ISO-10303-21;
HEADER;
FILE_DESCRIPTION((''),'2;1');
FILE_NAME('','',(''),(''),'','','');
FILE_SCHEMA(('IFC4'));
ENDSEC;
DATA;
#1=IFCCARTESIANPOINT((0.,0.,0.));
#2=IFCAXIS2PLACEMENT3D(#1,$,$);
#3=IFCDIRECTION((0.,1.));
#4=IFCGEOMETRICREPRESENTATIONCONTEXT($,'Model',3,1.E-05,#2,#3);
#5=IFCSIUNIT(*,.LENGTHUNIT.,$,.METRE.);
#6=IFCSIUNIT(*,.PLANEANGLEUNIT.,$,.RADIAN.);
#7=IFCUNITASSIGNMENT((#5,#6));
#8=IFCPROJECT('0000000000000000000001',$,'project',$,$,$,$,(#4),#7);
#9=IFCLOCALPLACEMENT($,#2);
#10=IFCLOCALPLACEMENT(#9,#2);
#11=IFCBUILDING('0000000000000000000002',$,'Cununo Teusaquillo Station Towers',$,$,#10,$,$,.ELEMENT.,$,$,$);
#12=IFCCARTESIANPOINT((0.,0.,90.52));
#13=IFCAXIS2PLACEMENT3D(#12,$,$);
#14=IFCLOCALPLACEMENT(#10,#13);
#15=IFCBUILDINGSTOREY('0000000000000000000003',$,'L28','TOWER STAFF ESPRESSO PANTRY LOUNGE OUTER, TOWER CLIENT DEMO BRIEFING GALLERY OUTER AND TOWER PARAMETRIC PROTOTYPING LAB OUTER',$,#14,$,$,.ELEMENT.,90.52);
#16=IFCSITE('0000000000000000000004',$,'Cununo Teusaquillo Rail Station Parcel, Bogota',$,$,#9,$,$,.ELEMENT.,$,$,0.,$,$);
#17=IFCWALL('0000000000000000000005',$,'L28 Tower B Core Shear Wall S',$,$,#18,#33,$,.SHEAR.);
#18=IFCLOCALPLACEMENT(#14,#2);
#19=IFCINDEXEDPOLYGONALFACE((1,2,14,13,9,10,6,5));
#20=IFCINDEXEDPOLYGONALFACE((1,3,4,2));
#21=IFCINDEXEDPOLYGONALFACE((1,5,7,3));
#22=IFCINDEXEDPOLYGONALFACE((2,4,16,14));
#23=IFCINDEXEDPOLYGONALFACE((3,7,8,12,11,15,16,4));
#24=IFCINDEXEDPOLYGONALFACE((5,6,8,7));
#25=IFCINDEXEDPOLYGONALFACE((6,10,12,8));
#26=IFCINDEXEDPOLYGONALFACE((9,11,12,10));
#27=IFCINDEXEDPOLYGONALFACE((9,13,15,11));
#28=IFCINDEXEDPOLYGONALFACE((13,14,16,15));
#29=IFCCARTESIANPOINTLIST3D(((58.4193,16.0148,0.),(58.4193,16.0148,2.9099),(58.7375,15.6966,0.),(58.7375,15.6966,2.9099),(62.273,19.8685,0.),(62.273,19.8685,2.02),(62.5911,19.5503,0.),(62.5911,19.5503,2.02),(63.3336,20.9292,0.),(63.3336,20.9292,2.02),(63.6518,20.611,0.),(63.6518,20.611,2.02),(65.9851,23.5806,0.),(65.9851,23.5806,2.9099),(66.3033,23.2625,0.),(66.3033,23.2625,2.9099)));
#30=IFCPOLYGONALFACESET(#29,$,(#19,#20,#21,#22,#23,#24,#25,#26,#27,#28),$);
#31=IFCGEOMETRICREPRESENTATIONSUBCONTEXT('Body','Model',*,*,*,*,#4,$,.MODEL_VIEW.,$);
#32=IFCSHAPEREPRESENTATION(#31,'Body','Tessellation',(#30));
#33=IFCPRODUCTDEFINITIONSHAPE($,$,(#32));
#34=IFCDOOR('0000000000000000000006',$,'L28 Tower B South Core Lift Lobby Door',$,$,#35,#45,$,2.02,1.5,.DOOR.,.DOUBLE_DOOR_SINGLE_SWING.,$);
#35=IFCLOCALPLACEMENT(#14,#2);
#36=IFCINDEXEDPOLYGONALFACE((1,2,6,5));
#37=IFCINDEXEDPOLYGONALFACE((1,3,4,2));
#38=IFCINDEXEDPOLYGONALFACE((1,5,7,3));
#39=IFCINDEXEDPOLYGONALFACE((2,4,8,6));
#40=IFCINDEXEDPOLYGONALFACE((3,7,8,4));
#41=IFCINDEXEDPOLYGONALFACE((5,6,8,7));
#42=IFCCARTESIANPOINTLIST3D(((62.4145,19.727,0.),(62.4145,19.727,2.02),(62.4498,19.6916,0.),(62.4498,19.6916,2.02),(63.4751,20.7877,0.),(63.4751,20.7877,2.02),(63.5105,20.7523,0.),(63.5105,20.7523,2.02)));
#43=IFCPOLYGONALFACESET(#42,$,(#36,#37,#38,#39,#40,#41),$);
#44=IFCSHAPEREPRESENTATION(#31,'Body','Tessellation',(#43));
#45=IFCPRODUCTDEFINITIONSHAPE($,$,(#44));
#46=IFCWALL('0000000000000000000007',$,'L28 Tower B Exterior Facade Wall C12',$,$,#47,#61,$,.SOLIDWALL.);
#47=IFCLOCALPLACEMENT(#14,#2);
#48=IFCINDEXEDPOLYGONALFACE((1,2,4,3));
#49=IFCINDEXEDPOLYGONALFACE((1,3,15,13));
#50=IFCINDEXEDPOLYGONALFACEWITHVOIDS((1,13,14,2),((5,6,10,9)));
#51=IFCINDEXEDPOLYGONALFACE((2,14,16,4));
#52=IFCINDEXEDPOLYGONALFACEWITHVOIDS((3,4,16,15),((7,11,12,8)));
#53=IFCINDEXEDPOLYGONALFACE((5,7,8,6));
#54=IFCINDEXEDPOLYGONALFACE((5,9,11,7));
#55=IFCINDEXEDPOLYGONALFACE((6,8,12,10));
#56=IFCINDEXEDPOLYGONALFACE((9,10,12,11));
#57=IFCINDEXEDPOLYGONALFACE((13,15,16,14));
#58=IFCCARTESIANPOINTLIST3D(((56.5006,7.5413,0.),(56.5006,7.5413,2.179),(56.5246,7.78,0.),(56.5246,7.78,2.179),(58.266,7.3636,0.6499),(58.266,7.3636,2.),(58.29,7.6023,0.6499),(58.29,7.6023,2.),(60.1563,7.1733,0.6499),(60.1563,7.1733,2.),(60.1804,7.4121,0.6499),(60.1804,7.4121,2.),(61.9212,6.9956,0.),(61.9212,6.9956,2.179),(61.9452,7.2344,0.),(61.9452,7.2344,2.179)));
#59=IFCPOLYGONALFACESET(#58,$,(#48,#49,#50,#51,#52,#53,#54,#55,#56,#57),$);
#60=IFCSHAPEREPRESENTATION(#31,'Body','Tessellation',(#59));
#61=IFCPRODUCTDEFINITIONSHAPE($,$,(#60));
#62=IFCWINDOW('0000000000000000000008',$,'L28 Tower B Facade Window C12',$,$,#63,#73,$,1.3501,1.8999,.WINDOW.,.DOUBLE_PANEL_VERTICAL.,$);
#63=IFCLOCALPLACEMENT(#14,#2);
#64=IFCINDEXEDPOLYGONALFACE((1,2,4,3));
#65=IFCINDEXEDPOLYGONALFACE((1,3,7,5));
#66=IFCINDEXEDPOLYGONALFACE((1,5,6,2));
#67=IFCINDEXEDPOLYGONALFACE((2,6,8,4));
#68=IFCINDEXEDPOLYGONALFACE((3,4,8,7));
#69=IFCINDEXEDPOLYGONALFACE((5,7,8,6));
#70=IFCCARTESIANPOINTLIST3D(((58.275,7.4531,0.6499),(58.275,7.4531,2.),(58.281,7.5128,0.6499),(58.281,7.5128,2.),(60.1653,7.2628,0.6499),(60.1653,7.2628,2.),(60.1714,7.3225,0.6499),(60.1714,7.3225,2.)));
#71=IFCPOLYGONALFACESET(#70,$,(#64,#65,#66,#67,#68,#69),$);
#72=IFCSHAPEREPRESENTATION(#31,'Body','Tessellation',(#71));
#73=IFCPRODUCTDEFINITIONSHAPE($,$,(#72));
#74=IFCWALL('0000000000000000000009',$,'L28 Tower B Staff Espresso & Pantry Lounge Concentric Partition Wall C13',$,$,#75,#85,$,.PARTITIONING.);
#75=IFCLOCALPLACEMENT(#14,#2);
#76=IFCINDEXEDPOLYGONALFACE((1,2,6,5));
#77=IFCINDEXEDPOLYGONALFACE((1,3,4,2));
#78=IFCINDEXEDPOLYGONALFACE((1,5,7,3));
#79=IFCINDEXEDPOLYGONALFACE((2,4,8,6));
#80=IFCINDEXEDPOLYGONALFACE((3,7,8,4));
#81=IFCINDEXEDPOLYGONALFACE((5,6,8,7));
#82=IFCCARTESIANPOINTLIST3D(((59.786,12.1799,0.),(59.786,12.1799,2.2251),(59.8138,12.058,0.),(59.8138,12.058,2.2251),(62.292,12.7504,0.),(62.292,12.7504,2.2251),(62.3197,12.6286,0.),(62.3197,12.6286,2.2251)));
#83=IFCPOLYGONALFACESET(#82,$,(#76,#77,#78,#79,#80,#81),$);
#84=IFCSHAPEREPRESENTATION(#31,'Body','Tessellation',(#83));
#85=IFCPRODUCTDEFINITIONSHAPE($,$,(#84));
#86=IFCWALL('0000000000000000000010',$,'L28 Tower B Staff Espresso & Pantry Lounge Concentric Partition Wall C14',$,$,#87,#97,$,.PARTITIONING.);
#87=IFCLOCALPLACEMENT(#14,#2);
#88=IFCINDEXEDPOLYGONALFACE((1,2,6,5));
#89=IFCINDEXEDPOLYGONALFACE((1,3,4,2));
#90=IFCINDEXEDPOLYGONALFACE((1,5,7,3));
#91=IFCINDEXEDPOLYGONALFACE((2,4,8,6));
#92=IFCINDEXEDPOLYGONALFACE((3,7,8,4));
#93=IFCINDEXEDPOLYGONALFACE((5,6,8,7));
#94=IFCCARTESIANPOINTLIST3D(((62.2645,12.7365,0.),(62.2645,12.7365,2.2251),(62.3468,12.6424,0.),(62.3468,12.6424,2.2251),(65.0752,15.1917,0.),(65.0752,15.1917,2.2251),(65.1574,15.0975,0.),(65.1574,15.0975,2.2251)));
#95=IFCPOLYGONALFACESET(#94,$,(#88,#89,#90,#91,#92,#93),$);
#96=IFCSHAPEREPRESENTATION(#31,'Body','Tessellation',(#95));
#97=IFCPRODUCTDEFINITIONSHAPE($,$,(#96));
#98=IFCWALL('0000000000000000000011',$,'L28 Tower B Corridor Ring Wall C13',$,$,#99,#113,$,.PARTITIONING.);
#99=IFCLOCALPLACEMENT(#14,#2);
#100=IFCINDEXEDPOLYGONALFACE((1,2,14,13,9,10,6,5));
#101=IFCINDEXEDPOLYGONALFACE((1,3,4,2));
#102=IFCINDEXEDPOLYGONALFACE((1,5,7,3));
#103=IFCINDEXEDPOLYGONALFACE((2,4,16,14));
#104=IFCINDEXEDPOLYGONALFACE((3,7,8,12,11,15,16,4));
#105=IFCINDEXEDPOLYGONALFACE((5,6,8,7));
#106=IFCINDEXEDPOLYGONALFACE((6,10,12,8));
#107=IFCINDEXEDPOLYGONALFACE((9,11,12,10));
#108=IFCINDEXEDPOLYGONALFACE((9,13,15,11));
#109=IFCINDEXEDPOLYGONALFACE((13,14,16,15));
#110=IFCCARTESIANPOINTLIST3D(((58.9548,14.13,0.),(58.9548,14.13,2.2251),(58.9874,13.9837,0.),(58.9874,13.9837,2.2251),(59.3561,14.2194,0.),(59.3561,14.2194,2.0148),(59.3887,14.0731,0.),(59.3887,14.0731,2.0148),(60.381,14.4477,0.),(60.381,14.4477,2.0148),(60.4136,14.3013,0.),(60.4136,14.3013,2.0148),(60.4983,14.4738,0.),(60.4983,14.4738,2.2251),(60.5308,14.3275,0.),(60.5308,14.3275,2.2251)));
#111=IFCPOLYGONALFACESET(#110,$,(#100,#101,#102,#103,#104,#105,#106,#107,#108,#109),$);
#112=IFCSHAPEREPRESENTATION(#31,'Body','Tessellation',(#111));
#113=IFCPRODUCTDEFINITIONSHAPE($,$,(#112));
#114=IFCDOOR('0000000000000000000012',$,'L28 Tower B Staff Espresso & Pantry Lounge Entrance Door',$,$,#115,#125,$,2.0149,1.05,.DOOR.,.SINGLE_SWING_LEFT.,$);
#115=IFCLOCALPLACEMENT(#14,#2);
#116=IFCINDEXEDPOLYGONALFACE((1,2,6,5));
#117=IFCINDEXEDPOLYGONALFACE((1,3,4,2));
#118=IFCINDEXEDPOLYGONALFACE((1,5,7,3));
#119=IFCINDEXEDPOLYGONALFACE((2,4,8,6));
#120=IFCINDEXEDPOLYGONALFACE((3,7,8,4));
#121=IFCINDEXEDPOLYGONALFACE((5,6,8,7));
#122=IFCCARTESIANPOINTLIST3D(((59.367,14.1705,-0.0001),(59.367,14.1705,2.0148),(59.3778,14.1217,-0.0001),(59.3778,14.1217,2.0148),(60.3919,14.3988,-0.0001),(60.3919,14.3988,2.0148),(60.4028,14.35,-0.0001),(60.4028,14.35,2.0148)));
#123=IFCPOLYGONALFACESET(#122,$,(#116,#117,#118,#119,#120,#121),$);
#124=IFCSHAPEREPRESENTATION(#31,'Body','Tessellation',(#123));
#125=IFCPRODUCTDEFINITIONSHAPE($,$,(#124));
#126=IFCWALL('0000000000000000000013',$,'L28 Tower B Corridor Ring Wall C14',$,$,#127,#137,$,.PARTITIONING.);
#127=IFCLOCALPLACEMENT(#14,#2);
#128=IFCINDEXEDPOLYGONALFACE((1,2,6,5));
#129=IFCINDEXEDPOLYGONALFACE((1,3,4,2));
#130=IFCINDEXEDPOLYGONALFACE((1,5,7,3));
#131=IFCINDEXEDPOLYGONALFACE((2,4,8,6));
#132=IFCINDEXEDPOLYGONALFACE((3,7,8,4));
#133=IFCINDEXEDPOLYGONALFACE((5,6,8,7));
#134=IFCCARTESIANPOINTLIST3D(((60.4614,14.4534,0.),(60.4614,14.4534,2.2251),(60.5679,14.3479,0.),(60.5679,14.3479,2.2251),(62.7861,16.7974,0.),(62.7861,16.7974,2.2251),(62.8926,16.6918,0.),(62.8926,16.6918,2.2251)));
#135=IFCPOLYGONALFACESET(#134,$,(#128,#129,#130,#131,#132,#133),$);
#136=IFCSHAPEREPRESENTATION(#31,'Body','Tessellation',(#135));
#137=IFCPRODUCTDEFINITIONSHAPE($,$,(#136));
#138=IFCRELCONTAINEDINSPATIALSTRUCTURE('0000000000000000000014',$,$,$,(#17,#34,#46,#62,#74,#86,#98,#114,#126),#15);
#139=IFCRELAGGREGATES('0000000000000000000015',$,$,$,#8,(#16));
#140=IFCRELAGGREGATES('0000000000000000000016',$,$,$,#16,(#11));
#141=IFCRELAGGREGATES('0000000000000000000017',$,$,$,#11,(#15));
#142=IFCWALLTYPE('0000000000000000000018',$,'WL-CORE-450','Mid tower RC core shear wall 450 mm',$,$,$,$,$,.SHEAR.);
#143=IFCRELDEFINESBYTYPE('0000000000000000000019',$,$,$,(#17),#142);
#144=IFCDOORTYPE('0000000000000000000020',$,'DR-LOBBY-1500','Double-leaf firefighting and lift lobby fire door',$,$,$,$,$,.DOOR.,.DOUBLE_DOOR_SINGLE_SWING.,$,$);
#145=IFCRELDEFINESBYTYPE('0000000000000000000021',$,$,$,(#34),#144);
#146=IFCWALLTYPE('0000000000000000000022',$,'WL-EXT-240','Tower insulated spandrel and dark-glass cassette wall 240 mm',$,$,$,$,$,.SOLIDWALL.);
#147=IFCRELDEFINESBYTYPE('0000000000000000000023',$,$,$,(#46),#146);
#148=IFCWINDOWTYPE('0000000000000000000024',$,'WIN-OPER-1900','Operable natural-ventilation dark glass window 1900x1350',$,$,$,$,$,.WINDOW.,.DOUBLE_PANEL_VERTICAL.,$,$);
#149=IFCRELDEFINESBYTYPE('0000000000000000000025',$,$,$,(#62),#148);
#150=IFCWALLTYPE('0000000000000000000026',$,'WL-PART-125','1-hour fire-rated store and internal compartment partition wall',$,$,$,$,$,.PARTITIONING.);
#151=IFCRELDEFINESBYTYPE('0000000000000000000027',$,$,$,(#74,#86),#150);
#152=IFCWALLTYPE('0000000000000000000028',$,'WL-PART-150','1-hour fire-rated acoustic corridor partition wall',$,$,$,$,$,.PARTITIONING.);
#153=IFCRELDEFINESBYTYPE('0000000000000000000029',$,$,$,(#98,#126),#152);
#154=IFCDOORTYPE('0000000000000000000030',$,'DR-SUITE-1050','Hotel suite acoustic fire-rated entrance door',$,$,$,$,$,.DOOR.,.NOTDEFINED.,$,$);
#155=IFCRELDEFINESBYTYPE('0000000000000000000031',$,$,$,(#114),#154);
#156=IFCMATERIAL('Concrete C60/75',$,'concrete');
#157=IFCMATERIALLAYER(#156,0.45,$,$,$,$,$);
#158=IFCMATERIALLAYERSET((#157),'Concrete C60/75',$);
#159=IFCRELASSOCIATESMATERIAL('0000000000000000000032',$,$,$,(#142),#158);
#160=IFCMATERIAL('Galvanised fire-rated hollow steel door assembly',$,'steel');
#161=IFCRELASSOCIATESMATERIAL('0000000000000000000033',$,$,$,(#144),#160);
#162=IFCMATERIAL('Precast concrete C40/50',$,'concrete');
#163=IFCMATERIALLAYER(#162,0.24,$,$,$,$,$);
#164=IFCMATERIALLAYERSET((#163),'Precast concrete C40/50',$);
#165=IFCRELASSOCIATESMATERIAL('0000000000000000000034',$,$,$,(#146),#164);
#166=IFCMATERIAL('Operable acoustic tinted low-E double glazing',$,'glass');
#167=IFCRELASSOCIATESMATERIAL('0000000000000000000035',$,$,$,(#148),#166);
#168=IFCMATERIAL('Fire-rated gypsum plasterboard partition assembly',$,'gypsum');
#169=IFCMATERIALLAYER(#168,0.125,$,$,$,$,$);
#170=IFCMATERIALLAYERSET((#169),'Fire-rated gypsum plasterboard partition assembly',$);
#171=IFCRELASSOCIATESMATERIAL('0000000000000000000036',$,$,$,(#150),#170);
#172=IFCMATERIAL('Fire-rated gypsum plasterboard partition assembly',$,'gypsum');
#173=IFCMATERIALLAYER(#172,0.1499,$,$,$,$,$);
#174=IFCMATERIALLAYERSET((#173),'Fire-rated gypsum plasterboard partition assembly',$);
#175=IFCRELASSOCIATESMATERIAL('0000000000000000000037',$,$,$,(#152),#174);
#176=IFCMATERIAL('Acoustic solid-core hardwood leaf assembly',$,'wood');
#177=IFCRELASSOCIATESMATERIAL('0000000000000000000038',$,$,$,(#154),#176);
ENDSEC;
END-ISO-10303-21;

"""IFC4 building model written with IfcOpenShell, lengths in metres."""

from ifc_helpers import new_model, si_unit, direction, frame, frame_2d, origin, place, context, subcontext, project, spatial, rectangle, extrude, source, transform, mapped, material, layer, layer_set, type_object, element, fill, save


model = new_model("IFC4")

# Units and contexts
model_context = context("Model", 3, precision=1e-05, world=origin(), true_north=direction((0.0, 1.0)))
body_context = subcontext(model_context, "Body", "Model", "MODEL_VIEW")
ifc_project = project(units=[si_unit("LENGTHUNIT", "METRE"), si_unit("PLANEANGLEUNIT", "RADIAN")], contexts=[model_context])

# Site, building, storey
site_placement = place(None, origin())
site = spatial("IfcSite", under=ifc_project, at=site_placement, Name="Cununo Teusaquillo Rail Station Parcel, Bogota", CompositionType="ELEMENT", RefElevation=0.0)
building_placement = place(site_placement, origin())
building = spatial("IfcBuilding", under=site, at=building_placement, Name="Cununo Teusaquillo Station Towers", CompositionType="ELEMENT")
storey_placement = place(building_placement, frame((0.0, 0.0, 90.52)))
storey = spatial("IfcBuildingStorey", under=building, at=storey_placement, Name="L28", Description="TOWER STAFF ESPRESSO PANTRY LOUNGE OUTER, TOWER CLIENT DEMO BRIEFING GALLERY OUTER AND TOWER PARAMETRIC PROTOTYPING LAB OUTER", CompositionType="ELEMENT", Elevation=90.52)

# Shared definitions
ifc_material_1 = material(Name="Concrete C60/75", Category="concrete")
ifc_layer_1 = layer(ifc_material_1, 0.45)
ifc_layer_set_1 = layer_set([ifc_layer_1], Name="Concrete C60/75")
wall_type_1 = type_object("IfcWallType", Name="WL-CORE-450", Description="Mid tower RC core shear wall 450 mm", PredefinedType="SHEAR", material=ifc_layer_set_1)

# Wall, opening, door
wall_1_placement = place(storey_placement, frame((58.5784, 15.8557, 0.0), z_axis=(0.0, 0.0, 1.0), x_axis=(0.707107, 0.707107, 0.0)))
wall_1 = element("IfcWall", 1, at=wall_1_placement, inside=storey, type_object=wall_type_1, Name="L28 Tower B Core Shear Wall S", PredefinedType="SHEAR", context=body_context, shape_type="SweptSolid", body=[
    extrude(rectangle(XDim=10.6997, YDim=0.45, at=frame_2d((5.3499, 0.0))), origin(), (0.0, 0.0, 1.0), 2.9099),
])
shared_shape_1 = source(origin(), body_context, "Body", "SweptSolid", [
    extrude(rectangle(XDim=1.5, YDim=2.02, at=frame_2d((0.75, 1.01))), frame((0.0, 0.2349, 0.0), z_axis=(0.0, -1.0, 0.0), x_axis=(1.0, 0.0, 0.0)), (0.0, 0.0, 1.0), 0.47),
])
opening_1_placement = place(wall_1_placement, frame((5.45, 0.0, 0.0)))
opening_1 = element("IfcOpeningElement", 2, at=opening_1_placement, cuts=wall_1, PredefinedType="OPENING", context=body_context, shape_type="MappedRepresentation", body=[
    mapped(shared_shape_1, transform((0.0, 0.0, 0.0), x_axis=(1.0, 0.0, 0.0), y_axis=(0.0, 1.0, 0.0), z_axis=(0.0, 0.0, 1.0), scale=1.0)),
])
ifc_material_2 = material(Name="Galvanised fire-rated hollow steel door assembly", Category="steel")
door_type_1 = type_object("IfcDoorType", Name="DR-LOBBY-1500", Description="Double-leaf firefighting and lift lobby fire door", OperationType="DOUBLE_DOOR_SINGLE_SWING", PredefinedType="DOOR", material=ifc_material_2)
shared_shape_2 = source(origin(), body_context, "Body", "SweptSolid", [
    extrude(rectangle(XDim=1.5, YDim=2.02, at=frame_2d((0.75, 1.01))), frame((0.0, 0.0249, 0.0), z_axis=(0.0, -1.0, 0.0), x_axis=(1.0, 0.0, 0.0)), (0.0, 0.0, 1.0), 0.05),
])
door_1_placement = place(opening_1_placement, origin())
door_1 = element("IfcDoor", 3, at=door_1_placement, inside=storey, type_object=door_type_1, Name="L28 Tower B South Core Lift Lobby Door", OperationType="DOUBLE_DOOR_SINGLE_SWING", OverallHeight=2.02, OverallWidth=1.5, PredefinedType="DOOR", context=body_context, shape_type="MappedRepresentation", body=[
    mapped(shared_shape_2, transform((0.0, 0.0, 0.0), x_axis=(1.0, 0.0, 0.0), y_axis=(0.0, 1.0, 0.0), z_axis=(0.0, 0.0, 1.0), scale=1.0)),
])
fill(opening_1, door_1)

# Wall, opening, window
ifc_material_3 = material(Name="Precast concrete C40/50", Category="concrete")
ifc_layer_2 = layer(ifc_material_3, 0.24)
ifc_layer_set_2 = layer_set([ifc_layer_2], Name="Precast concrete C40/50")
wall_type_2 = type_object("IfcWallType", Name="WL-EXT-240", Description="Tower insulated spandrel and dark-glass cassette wall 240 mm", PredefinedType="SOLIDWALL", material=ifc_layer_set_2)
wall_2_placement = place(storey_placement, frame((61.9333, 7.115, 0.0), z_axis=(0.0, 0.0, 1.0), x_axis=(-0.994972, 0.100156, 0.0)))
wall_2 = element("IfcWall", 4, at=wall_2_placement, inside=storey, type_object=wall_type_2, Name="L28 Tower B Exterior Facade Wall C12", PredefinedType="SOLIDWALL", context=body_context, shape_type="SweptSolid", body=[
    extrude(rectangle(XDim=5.448, YDim=0.24, at=frame_2d((2.7241, 0.0))), origin(), (0.0, 0.0, 1.0), 2.179),
])
shared_shape_3 = source(origin(), body_context, "Body", "SweptSolid", [
    extrude(rectangle(XDim=1.8999, YDim=1.3501, at=frame_2d((0.95, 0.675))), frame((0.0, 0.1299, 0.0), z_axis=(0.0, -1.0, 0.0), x_axis=(1.0, 0.0, 0.0)), (0.0, 0.0, 1.0), 0.26),
])
opening_2_placement = place(wall_2_placement, frame((1.7739, 0.0, 0.6499)))
opening_2 = element("IfcOpeningElement", 5, at=opening_2_placement, cuts=wall_2, PredefinedType="OPENING", context=body_context, shape_type="MappedRepresentation", body=[
    mapped(shared_shape_3, transform((0.0, 0.0, 0.0), x_axis=(1.0, 0.0, 0.0), y_axis=(0.0, 1.0, 0.0), z_axis=(0.0, 0.0, 1.0), scale=1.0)),
])
ifc_material_4 = material(Name="Operable acoustic tinted low-E double glazing", Category="glass")
window_type = type_object("IfcWindowType", Name="WIN-OPER-1900", Description="Operable natural-ventilation dark glass window 1900x1350", PartitioningType="DOUBLE_PANEL_VERTICAL", PredefinedType="WINDOW", material=ifc_material_4)
shared_shape_4 = source(origin(), body_context, "Body", "SweptSolid", [
    extrude(rectangle(XDim=1.8999, YDim=1.3501, at=frame_2d((0.95, 0.675))), frame((0.0, 0.03, 0.0), z_axis=(0.0, -1.0, 0.0), x_axis=(1.0, 0.0, 0.0)), (0.0, 0.0, 1.0), 0.0601),
])
window_placement = place(opening_2_placement, origin())
window = element("IfcWindow", 6, at=window_placement, inside=storey, type_object=window_type, Name="L28 Tower B Facade Window C12", OverallHeight=1.3501, OverallWidth=1.8999, PartitioningType="DOUBLE_PANEL_VERTICAL", PredefinedType="WINDOW", context=body_context, shape_type="MappedRepresentation", body=[
    mapped(shared_shape_4, transform((0.0, 0.0, 0.0), x_axis=(1.0, 0.0, 0.0), y_axis=(0.0, 1.0, 0.0), z_axis=(0.0, 0.0, 1.0), scale=1.0)),
])
fill(opening_2, window)

# Walls
ifc_material_5 = material(Name="Fire-rated gypsum plasterboard partition assembly", Category="gypsum")
ifc_layer_3 = layer(ifc_material_5, 0.125)
ifc_layer_set_3 = layer_set([ifc_layer_3], Name="Fire-rated gypsum plasterboard partition assembly")
wall_type_3 = type_object("IfcWallType", Name="WL-PART-125", Description="1-hour fire-rated store and internal compartment partition wall", PredefinedType="PARTITIONING", material=ifc_layer_set_3)
wall_3_placement = place(storey_placement, frame((59.7998, 12.1189, 0.0), z_axis=(0.0, 0.0, 1.0), x_axis=(0.975045, 0.222007, 0.0)))
element("IfcWall", 7, at=wall_3_placement, inside=storey, type_object=wall_type_3, Name="L28 Tower B Staff Espresso & Pantry Lounge Concentric Partition Wall C13", PredefinedType="PARTITIONING", context=body_context, shape_type="SweptSolid", body=[
    extrude(rectangle(XDim=2.5701, YDim=0.125, at=frame_2d((1.2852, 0.0))), origin(), (0.0, 0.0, 1.0), 2.2251),
])
wall_4_placement = place(storey_placement, frame((62.3057, 12.6895, 0.0), z_axis=(0.0, 0.0, 1.0), x_axis=(0.753128, 0.657874, 0.0)))
element("IfcWall", 8, at=wall_4_placement, inside=storey, type_object=wall_type_3, Name="L28 Tower B Staff Espresso & Pantry Lounge Concentric Partition Wall C14", PredefinedType="PARTITIONING", context=body_context, shape_type="SweptSolid", body=[
    extrude(rectangle(XDim=3.7319, YDim=0.125, at=frame_2d((1.866, 0.0))), origin(), (0.0, 0.0, 1.0), 2.2251),
])

# Wall, opening, door
ifc_material_6 = material(Name="Fire-rated gypsum plasterboard partition assembly", Category="gypsum")
ifc_layer_4 = layer(ifc_material_6, 0.1499)
ifc_layer_set_4 = layer_set([ifc_layer_4], Name="Fire-rated gypsum plasterboard partition assembly")
wall_type_4 = type_object("IfcWallType", Name="WL-PART-150", Description="1-hour fire-rated acoustic corridor partition wall", PredefinedType="PARTITIONING", material=ifc_layer_set_4)
wall_5_placement = place(storey_placement, frame((58.9712, 14.0569, 0.0), z_axis=(0.0, 0.0, 1.0), x_axis=(0.976085, 0.217388, 0.0)))
wall_5 = element("IfcWall", 9, at=wall_5_placement, inside=storey, type_object=wall_type_4, Name="L28 Tower B Corridor Ring Wall C13", PredefinedType="PARTITIONING", context=body_context, shape_type="SweptSolid", body=[
    extrude(rectangle(XDim=1.5813, YDim=0.1499, at=frame_2d((0.7905, 0.0))), origin(), (0.0, 0.0, 1.0), 2.2251),
])
shared_shape_5 = source(origin(), body_context, "Body", "SweptSolid", [
    extrude(rectangle(XDim=1.05, YDim=2.0149, at=frame_2d((0.5249, 1.0073))), frame((0.0, 0.085, 0.0), z_axis=(0.0, -1.0, 0.0), x_axis=(1.0, 0.0, 0.0)), (0.0, 0.0, 1.0), 0.1699),
])
opening_3_placement = place(wall_5_placement, frame((0.4111, 0.0, 0.0)))
opening_3 = element("IfcOpeningElement", 10, at=opening_3_placement, cuts=wall_5, PredefinedType="OPENING", context=body_context, shape_type="MappedRepresentation", body=[
    mapped(shared_shape_5, transform((0.0, 0.0, 0.0), x_axis=(1.0, 0.0, 0.0), y_axis=(0.0, 1.0, 0.0), z_axis=(0.0, 0.0, 1.0), scale=1.0)),
])
ifc_material_7 = material(Name="Acoustic solid-core hardwood leaf assembly", Category="wood")
door_type_2 = type_object("IfcDoorType", Name="DR-SUITE-1050", Description="Hotel suite acoustic fire-rated entrance door", OperationType="NOTDEFINED", PredefinedType="DOOR", material=ifc_material_7)
shared_shape_6 = source(origin(), body_context, "Body", "SweptSolid", [
    extrude(rectangle(XDim=1.05, YDim=2.0149, at=frame_2d((0.5249, 1.0073))), frame((0.0, 0.0249, 0.0), z_axis=(0.0, -1.0, 0.0), x_axis=(1.0, 0.0, 0.0)), (0.0, 0.0, 1.0), 0.05),
])
door_2_placement = place(opening_3_placement, origin())
door_2 = element("IfcDoor", 11, at=door_2_placement, inside=storey, type_object=door_type_2, Name="L28 Tower B Staff Espresso & Pantry Lounge Entrance Door", OperationType="SINGLE_SWING_LEFT", OverallHeight=2.0149, OverallWidth=1.05, PredefinedType="DOOR", context=body_context, shape_type="MappedRepresentation", body=[
    mapped(shared_shape_6, transform((0.0, 0.0, 0.0), x_axis=(1.0, 0.0, 0.0), y_axis=(0.0, 1.0, 0.0), z_axis=(0.0, 0.0, 1.0), scale=1.0)),
])
fill(opening_3, door_2)

# Wall
wall_6_placement = place(storey_placement, frame((60.5146, 14.4006, 0.0), z_axis=(0.0, 0.0, 1.0), x_axis=(0.70418, 0.710022, 0.0)))
element("IfcWall", 12, at=wall_6_placement, inside=storey, type_object=wall_type_4, Name="L28 Tower B Corridor Ring Wall C14", PredefinedType="PARTITIONING", context=body_context, shape_type="SweptSolid", body=[
    extrude(rectangle(XDim=3.3013, YDim=0.1499, at=frame_2d((1.6506, 0.0))), origin(), (0.0, 0.0, 1.0), 2.2251),
])

save(model, "model.ifc")
